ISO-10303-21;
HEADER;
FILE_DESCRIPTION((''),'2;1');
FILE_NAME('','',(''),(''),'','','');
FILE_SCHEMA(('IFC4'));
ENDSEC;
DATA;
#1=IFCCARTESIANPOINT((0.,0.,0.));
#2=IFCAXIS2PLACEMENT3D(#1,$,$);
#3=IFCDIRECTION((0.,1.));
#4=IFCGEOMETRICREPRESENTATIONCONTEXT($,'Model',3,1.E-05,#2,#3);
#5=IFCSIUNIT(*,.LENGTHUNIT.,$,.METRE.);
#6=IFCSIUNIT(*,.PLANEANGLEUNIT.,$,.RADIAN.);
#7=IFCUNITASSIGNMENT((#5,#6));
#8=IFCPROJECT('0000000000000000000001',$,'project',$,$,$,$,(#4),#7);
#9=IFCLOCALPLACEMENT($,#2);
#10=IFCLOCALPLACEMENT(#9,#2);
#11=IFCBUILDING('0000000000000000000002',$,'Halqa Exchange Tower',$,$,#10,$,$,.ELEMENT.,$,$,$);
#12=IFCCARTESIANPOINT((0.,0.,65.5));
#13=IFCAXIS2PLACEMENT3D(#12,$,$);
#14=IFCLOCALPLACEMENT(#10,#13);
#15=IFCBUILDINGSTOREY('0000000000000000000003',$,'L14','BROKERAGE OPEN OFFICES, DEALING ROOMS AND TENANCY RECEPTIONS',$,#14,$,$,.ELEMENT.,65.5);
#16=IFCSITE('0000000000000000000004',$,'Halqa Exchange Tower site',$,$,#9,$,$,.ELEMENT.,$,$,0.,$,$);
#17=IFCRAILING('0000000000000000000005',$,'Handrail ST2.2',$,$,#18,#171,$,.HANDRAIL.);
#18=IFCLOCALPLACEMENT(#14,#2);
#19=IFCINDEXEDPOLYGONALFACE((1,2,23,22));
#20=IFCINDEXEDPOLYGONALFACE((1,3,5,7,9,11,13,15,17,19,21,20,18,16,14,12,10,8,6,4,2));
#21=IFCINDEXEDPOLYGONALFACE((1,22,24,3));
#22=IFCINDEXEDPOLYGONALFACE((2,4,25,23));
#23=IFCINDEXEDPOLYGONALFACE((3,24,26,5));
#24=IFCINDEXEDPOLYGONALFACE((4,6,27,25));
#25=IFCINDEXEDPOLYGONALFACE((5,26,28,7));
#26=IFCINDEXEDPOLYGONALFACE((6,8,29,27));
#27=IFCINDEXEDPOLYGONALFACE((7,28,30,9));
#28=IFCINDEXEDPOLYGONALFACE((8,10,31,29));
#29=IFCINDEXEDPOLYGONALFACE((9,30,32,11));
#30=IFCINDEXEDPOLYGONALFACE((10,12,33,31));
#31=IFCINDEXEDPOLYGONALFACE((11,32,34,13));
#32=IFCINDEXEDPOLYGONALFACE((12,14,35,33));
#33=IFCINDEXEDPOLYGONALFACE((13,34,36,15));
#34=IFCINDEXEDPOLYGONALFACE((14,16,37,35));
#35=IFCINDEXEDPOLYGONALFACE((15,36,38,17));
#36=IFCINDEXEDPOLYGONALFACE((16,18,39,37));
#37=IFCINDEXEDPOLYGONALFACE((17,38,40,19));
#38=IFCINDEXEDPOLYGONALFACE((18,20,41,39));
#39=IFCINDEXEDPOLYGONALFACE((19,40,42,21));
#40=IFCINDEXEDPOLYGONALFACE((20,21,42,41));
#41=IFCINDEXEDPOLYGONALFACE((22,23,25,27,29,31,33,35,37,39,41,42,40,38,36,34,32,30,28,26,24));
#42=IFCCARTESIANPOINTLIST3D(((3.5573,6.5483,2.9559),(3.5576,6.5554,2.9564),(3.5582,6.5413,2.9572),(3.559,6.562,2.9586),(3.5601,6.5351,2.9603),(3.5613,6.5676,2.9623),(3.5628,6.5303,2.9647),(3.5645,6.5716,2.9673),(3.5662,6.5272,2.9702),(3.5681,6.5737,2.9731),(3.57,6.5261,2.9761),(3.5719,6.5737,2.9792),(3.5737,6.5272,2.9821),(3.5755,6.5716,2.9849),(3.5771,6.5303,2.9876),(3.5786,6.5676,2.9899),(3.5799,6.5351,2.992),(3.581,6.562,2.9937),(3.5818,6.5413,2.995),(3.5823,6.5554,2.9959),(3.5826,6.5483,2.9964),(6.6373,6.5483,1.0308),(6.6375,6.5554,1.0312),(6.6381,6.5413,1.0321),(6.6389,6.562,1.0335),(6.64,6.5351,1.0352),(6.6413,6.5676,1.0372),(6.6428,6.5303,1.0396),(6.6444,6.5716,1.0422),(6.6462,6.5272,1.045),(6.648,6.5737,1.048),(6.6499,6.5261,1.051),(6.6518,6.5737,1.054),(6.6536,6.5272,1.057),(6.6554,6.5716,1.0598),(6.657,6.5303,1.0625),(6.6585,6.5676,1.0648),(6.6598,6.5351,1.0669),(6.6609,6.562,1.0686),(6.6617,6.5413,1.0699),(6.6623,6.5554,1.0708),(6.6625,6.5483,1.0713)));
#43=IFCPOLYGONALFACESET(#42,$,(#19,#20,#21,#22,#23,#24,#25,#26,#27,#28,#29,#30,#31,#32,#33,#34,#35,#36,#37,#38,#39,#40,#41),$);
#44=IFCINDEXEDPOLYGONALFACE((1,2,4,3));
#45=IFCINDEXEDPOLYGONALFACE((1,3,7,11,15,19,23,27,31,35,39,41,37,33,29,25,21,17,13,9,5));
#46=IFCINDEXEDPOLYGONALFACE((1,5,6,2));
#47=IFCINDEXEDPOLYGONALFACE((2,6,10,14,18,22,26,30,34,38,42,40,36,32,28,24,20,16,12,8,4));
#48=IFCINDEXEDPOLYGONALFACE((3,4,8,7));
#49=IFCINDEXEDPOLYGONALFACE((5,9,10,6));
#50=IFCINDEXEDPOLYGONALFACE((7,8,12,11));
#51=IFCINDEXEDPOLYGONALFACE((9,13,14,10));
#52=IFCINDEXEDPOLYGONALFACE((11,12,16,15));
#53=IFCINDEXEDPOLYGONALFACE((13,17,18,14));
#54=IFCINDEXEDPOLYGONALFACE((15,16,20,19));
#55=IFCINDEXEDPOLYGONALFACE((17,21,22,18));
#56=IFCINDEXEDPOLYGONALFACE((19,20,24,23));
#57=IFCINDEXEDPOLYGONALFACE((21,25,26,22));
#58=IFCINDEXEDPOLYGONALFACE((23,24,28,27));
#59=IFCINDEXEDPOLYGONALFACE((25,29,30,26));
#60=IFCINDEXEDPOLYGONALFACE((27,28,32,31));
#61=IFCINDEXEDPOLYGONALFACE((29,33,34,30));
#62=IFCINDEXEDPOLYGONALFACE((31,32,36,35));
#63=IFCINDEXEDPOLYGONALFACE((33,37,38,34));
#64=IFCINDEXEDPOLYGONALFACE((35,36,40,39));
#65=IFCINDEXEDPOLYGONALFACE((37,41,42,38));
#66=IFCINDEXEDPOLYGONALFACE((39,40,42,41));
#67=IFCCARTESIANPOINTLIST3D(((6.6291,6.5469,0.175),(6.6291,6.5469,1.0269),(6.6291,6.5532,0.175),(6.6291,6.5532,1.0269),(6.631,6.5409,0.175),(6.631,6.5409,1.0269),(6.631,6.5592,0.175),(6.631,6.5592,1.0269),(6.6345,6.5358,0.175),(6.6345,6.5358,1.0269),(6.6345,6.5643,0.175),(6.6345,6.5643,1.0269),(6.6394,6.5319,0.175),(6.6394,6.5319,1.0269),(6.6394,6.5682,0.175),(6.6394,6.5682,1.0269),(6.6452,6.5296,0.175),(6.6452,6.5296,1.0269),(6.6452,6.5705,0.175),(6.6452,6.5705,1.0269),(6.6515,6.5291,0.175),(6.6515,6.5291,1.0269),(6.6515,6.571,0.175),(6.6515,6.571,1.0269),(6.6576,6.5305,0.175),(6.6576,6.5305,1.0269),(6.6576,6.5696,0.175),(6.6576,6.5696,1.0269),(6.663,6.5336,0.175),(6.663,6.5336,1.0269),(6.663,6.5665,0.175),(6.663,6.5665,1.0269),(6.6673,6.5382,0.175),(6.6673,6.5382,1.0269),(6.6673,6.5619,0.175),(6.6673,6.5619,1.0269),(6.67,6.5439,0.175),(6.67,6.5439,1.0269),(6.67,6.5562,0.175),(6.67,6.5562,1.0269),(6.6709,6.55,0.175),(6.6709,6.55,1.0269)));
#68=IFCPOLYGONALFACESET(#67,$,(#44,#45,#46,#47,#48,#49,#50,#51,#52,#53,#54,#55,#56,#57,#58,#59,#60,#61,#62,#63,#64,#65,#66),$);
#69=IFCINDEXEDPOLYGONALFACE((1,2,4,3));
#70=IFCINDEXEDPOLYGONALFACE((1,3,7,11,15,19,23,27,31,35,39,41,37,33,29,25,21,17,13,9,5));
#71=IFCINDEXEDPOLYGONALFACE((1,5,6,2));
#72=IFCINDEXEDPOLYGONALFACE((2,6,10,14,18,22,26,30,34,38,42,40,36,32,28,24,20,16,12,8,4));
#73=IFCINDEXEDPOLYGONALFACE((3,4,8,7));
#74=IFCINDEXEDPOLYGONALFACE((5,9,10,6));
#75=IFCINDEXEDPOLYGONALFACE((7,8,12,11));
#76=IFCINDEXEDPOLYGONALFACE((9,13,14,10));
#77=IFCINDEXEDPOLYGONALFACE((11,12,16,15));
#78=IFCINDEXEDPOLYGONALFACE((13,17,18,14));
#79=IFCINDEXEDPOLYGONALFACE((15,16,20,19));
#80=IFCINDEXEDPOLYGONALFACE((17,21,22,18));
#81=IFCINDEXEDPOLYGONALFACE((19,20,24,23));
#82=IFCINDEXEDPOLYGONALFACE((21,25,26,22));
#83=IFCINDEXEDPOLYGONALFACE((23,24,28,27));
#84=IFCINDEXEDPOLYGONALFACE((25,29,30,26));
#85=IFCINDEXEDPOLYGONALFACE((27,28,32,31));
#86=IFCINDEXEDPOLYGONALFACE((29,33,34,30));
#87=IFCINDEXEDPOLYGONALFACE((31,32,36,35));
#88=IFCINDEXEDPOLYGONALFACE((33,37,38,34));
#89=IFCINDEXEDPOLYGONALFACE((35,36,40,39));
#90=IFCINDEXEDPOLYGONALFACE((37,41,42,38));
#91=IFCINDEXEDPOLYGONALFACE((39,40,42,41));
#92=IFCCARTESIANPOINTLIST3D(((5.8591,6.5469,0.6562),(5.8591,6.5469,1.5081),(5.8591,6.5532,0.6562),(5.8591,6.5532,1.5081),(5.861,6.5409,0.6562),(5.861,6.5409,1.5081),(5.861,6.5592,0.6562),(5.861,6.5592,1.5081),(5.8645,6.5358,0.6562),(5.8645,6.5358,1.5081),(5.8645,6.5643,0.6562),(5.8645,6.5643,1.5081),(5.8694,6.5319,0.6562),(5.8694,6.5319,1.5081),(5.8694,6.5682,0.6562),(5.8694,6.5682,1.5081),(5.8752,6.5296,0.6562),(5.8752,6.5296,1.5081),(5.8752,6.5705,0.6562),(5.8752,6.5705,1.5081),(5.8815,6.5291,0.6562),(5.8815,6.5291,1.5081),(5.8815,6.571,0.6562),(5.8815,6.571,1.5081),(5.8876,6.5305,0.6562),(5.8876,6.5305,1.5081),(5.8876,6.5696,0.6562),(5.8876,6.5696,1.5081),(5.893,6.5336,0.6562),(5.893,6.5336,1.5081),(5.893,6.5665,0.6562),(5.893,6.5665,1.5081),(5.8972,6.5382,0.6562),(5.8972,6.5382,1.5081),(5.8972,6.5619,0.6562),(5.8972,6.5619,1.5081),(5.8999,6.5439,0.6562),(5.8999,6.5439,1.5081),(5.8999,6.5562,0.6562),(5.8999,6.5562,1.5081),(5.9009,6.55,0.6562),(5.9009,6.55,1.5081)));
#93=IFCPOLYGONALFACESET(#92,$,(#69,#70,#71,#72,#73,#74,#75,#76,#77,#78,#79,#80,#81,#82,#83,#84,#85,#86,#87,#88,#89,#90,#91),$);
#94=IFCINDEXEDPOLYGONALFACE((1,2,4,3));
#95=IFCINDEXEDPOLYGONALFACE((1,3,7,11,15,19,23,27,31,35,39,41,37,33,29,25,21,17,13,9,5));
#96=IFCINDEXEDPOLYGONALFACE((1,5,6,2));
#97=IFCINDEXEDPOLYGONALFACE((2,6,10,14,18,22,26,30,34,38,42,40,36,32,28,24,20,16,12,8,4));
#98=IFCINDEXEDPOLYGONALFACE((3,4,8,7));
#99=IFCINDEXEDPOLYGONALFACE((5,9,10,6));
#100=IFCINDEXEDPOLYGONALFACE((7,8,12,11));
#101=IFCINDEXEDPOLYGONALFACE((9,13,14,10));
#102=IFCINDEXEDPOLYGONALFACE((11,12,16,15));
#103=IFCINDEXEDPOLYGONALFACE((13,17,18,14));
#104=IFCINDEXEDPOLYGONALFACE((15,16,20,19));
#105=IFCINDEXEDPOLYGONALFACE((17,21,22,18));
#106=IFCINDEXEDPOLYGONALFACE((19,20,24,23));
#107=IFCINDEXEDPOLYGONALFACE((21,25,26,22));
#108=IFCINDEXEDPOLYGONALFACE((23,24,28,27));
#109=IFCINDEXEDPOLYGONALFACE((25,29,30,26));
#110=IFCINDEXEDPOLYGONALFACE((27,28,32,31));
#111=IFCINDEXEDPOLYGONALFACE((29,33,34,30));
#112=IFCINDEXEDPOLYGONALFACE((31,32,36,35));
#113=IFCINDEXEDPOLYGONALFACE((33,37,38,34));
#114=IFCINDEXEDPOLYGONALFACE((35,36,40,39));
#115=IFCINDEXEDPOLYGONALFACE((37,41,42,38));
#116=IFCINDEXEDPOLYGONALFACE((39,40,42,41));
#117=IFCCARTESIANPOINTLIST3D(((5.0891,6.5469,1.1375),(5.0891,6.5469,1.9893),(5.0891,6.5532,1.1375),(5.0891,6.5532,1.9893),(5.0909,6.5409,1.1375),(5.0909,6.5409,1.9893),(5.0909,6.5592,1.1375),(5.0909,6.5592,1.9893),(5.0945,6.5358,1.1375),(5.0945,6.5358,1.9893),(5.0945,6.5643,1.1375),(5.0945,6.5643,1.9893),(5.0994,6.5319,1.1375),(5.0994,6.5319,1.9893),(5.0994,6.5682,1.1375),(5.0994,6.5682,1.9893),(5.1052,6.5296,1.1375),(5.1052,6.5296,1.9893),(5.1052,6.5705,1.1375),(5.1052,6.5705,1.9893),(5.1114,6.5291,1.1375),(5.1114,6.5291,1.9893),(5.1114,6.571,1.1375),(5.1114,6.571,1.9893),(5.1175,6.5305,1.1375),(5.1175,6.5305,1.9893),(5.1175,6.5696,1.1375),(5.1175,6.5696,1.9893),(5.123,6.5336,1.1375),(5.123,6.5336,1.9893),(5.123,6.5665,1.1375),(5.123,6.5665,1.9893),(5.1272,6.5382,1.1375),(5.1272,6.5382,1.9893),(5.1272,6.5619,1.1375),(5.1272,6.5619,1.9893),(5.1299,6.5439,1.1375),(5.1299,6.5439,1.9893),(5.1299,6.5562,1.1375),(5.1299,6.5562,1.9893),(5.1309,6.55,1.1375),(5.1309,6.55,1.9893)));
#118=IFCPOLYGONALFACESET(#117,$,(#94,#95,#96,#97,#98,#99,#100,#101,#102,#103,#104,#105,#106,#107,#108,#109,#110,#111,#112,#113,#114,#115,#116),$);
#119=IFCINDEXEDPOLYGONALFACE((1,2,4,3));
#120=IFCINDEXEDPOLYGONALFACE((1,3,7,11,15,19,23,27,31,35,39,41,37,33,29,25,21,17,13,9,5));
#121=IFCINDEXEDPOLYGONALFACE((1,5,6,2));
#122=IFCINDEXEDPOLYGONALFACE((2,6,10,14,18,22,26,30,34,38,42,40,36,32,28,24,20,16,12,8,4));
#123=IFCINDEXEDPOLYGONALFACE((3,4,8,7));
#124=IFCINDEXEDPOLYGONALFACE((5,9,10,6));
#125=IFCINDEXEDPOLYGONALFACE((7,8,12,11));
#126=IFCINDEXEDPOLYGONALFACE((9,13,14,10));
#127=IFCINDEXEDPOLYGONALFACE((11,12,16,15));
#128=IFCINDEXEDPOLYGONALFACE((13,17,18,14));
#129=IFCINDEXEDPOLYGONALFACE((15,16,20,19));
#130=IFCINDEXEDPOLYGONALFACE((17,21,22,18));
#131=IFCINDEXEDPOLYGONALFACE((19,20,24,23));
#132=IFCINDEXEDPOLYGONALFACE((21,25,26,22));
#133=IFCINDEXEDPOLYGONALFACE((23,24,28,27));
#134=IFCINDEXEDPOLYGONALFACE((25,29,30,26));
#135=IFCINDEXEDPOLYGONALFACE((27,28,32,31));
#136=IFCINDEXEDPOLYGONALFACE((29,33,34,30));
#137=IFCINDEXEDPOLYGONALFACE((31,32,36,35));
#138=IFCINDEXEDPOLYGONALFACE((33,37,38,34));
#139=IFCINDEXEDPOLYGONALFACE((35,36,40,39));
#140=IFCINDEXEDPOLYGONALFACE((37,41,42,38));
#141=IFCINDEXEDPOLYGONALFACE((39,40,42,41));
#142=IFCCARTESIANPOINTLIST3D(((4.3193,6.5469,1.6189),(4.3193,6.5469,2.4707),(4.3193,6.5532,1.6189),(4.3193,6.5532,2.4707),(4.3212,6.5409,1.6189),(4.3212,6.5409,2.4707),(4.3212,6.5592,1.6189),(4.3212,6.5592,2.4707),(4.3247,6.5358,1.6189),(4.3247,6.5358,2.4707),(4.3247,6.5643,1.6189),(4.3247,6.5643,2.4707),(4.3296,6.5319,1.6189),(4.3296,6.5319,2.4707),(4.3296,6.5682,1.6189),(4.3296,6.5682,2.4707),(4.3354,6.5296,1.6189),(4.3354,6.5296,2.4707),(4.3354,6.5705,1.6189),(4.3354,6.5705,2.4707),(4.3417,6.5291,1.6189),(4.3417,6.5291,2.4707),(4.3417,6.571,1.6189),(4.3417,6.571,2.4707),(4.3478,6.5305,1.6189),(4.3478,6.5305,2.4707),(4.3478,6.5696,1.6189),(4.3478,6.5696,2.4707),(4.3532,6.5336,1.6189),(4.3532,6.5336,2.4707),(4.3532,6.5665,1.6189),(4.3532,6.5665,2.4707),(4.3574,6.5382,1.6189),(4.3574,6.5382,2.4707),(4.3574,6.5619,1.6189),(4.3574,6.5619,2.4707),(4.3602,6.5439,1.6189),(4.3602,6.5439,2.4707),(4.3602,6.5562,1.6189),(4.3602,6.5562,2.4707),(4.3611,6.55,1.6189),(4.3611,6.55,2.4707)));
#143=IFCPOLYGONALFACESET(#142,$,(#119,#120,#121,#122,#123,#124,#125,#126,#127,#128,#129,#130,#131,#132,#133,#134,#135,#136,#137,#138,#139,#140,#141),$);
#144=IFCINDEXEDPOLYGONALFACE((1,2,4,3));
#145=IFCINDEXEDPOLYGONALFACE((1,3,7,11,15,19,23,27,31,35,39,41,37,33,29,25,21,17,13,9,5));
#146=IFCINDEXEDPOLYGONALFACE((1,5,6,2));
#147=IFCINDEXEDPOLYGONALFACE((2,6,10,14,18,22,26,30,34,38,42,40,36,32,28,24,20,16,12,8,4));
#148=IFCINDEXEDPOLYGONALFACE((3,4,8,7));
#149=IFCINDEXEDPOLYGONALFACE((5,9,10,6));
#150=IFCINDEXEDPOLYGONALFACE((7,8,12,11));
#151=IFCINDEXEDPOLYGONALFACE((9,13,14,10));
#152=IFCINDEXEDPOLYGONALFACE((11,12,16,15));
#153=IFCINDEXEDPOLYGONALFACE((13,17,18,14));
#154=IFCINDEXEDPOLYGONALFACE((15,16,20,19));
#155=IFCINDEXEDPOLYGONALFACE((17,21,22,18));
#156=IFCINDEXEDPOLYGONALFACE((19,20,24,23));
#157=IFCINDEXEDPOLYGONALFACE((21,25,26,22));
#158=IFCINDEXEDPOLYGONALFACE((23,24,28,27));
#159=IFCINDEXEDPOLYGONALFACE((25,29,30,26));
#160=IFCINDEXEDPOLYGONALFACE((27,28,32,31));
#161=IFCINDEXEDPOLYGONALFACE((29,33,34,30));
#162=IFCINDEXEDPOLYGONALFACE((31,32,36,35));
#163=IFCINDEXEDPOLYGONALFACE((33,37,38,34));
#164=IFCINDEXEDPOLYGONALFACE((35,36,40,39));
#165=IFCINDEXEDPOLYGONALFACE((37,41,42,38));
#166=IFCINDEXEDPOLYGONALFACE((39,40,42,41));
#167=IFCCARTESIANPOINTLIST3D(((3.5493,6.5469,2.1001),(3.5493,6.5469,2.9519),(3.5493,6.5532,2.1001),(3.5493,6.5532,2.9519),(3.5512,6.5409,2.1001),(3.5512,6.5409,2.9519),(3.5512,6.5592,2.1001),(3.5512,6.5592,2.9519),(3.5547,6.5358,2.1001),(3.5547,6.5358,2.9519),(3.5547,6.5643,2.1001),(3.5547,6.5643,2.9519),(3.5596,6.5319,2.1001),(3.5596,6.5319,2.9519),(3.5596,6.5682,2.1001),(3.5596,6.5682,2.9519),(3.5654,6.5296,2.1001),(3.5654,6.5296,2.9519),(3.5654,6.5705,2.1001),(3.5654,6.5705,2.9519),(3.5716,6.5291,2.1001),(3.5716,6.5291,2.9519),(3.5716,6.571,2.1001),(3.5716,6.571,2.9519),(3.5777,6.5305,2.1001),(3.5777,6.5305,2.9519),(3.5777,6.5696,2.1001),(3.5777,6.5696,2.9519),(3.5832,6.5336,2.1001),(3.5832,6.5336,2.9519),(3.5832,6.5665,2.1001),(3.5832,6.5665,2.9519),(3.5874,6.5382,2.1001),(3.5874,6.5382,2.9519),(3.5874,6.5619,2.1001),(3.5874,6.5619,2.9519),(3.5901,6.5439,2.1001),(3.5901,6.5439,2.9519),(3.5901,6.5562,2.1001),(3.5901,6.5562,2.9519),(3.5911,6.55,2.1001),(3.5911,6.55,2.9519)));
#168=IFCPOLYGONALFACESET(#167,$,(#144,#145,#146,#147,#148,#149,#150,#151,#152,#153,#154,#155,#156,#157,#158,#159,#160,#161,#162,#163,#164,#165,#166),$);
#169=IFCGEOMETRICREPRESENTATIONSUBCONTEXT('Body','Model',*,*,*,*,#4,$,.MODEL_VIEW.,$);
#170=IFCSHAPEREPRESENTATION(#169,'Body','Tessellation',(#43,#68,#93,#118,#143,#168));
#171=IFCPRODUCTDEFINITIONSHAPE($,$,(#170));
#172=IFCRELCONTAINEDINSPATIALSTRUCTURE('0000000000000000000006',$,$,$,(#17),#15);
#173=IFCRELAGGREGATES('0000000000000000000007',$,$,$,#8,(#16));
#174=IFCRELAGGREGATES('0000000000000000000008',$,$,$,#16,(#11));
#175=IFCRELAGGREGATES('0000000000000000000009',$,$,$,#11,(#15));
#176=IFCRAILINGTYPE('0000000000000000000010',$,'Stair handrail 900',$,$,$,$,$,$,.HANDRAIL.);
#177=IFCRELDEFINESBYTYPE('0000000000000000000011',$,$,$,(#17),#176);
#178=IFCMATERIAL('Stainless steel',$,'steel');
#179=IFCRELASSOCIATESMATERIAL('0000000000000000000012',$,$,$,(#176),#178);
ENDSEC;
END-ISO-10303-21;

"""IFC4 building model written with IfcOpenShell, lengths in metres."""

from ifc_helpers import new_model, si_unit, direction, frame, origin, origin_2d, place, context, subcontext, project, spatial, circle, extrude, material, type_object, element, save


model = new_model("IFC4")

# Units and contexts
model_context = context("Model", 3, precision=1e-05, world=origin(), true_north=direction((0.0, 1.0)))
body_context = subcontext(model_context, "Body", "Model", "MODEL_VIEW")
ifc_project = project(units=[si_unit("LENGTHUNIT", "METRE"), si_unit("PLANEANGLEUNIT", "RADIAN")], contexts=[model_context])

# Site, building, storey
site_placement = place(None, origin())
site = spatial("IfcSite", under=ifc_project, at=site_placement, Name="Halqa Exchange Tower site", CompositionType="ELEMENT", RefElevation=0.0)
building_placement = place(site_placement, origin())
building = spatial("IfcBuilding", under=site, at=building_placement, Name="Halqa Exchange Tower", CompositionType="ELEMENT")
storey_placement = place(building_placement, frame((0.0, 0.0, 65.5)))
storey = spatial("IfcBuildingStorey", under=building, at=storey_placement, Name="L14", Description="BROKERAGE OPEN OFFICES, DEALING ROOMS AND TENANCY RECEPTIONS", CompositionType="ELEMENT", Elevation=65.5)

# Railing
ifc_material_1 = material(Name="Stainless steel", Category="steel")
railing_type_1 = type_object("IfcRailingType", Name="Stair handrail 900", PredefinedType="HANDRAIL", material=ifc_material_1)
railing_1_placement = place(storey_placement, frame((6.6499, 6.55, 0.175)))
element("IfcRailing", 1, at=railing_1_placement, inside=storey, type_object=railing_type_1, Name="Handrail ST2.2", PredefinedType="HANDRAIL", context=body_context, shape_type="SweptSolid", body=[
    extrude(circle(Radius=0.0239, at=origin_2d()), frame((0.0, 0.0, 0.876), z_axis=(-0.847979, 0.0, 0.530029), x_axis=(0.0, -1.0, 0.0)), (0.0, 0.0, 1.0), 3.6321),
    extrude(circle(Radius=0.021, at=origin_2d()), origin(), (0.0, 0.0, 1.0), 0.8518),
    extrude(circle(Radius=0.021, at=origin_2d()), frame((-0.77, 0.0, 0.4812)), (0.0, 0.0, 1.0), 0.8518),
    extrude(circle(Radius=0.021, at=origin_2d()), frame((-1.54, 0.0, 0.9624)), (0.0, 0.0, 1.0), 0.8518),
    extrude(circle(Radius=0.021, at=origin_2d()), frame((-2.3098, 0.0, 1.4438)), (0.0, 0.0, 1.0), 0.8518),
    extrude(circle(Radius=0.021, at=origin_2d()), frame((-3.0798, 0.0, 1.925)), (0.0, 0.0, 1.0), 0.8518),
])

save(model, "model.ifc")
